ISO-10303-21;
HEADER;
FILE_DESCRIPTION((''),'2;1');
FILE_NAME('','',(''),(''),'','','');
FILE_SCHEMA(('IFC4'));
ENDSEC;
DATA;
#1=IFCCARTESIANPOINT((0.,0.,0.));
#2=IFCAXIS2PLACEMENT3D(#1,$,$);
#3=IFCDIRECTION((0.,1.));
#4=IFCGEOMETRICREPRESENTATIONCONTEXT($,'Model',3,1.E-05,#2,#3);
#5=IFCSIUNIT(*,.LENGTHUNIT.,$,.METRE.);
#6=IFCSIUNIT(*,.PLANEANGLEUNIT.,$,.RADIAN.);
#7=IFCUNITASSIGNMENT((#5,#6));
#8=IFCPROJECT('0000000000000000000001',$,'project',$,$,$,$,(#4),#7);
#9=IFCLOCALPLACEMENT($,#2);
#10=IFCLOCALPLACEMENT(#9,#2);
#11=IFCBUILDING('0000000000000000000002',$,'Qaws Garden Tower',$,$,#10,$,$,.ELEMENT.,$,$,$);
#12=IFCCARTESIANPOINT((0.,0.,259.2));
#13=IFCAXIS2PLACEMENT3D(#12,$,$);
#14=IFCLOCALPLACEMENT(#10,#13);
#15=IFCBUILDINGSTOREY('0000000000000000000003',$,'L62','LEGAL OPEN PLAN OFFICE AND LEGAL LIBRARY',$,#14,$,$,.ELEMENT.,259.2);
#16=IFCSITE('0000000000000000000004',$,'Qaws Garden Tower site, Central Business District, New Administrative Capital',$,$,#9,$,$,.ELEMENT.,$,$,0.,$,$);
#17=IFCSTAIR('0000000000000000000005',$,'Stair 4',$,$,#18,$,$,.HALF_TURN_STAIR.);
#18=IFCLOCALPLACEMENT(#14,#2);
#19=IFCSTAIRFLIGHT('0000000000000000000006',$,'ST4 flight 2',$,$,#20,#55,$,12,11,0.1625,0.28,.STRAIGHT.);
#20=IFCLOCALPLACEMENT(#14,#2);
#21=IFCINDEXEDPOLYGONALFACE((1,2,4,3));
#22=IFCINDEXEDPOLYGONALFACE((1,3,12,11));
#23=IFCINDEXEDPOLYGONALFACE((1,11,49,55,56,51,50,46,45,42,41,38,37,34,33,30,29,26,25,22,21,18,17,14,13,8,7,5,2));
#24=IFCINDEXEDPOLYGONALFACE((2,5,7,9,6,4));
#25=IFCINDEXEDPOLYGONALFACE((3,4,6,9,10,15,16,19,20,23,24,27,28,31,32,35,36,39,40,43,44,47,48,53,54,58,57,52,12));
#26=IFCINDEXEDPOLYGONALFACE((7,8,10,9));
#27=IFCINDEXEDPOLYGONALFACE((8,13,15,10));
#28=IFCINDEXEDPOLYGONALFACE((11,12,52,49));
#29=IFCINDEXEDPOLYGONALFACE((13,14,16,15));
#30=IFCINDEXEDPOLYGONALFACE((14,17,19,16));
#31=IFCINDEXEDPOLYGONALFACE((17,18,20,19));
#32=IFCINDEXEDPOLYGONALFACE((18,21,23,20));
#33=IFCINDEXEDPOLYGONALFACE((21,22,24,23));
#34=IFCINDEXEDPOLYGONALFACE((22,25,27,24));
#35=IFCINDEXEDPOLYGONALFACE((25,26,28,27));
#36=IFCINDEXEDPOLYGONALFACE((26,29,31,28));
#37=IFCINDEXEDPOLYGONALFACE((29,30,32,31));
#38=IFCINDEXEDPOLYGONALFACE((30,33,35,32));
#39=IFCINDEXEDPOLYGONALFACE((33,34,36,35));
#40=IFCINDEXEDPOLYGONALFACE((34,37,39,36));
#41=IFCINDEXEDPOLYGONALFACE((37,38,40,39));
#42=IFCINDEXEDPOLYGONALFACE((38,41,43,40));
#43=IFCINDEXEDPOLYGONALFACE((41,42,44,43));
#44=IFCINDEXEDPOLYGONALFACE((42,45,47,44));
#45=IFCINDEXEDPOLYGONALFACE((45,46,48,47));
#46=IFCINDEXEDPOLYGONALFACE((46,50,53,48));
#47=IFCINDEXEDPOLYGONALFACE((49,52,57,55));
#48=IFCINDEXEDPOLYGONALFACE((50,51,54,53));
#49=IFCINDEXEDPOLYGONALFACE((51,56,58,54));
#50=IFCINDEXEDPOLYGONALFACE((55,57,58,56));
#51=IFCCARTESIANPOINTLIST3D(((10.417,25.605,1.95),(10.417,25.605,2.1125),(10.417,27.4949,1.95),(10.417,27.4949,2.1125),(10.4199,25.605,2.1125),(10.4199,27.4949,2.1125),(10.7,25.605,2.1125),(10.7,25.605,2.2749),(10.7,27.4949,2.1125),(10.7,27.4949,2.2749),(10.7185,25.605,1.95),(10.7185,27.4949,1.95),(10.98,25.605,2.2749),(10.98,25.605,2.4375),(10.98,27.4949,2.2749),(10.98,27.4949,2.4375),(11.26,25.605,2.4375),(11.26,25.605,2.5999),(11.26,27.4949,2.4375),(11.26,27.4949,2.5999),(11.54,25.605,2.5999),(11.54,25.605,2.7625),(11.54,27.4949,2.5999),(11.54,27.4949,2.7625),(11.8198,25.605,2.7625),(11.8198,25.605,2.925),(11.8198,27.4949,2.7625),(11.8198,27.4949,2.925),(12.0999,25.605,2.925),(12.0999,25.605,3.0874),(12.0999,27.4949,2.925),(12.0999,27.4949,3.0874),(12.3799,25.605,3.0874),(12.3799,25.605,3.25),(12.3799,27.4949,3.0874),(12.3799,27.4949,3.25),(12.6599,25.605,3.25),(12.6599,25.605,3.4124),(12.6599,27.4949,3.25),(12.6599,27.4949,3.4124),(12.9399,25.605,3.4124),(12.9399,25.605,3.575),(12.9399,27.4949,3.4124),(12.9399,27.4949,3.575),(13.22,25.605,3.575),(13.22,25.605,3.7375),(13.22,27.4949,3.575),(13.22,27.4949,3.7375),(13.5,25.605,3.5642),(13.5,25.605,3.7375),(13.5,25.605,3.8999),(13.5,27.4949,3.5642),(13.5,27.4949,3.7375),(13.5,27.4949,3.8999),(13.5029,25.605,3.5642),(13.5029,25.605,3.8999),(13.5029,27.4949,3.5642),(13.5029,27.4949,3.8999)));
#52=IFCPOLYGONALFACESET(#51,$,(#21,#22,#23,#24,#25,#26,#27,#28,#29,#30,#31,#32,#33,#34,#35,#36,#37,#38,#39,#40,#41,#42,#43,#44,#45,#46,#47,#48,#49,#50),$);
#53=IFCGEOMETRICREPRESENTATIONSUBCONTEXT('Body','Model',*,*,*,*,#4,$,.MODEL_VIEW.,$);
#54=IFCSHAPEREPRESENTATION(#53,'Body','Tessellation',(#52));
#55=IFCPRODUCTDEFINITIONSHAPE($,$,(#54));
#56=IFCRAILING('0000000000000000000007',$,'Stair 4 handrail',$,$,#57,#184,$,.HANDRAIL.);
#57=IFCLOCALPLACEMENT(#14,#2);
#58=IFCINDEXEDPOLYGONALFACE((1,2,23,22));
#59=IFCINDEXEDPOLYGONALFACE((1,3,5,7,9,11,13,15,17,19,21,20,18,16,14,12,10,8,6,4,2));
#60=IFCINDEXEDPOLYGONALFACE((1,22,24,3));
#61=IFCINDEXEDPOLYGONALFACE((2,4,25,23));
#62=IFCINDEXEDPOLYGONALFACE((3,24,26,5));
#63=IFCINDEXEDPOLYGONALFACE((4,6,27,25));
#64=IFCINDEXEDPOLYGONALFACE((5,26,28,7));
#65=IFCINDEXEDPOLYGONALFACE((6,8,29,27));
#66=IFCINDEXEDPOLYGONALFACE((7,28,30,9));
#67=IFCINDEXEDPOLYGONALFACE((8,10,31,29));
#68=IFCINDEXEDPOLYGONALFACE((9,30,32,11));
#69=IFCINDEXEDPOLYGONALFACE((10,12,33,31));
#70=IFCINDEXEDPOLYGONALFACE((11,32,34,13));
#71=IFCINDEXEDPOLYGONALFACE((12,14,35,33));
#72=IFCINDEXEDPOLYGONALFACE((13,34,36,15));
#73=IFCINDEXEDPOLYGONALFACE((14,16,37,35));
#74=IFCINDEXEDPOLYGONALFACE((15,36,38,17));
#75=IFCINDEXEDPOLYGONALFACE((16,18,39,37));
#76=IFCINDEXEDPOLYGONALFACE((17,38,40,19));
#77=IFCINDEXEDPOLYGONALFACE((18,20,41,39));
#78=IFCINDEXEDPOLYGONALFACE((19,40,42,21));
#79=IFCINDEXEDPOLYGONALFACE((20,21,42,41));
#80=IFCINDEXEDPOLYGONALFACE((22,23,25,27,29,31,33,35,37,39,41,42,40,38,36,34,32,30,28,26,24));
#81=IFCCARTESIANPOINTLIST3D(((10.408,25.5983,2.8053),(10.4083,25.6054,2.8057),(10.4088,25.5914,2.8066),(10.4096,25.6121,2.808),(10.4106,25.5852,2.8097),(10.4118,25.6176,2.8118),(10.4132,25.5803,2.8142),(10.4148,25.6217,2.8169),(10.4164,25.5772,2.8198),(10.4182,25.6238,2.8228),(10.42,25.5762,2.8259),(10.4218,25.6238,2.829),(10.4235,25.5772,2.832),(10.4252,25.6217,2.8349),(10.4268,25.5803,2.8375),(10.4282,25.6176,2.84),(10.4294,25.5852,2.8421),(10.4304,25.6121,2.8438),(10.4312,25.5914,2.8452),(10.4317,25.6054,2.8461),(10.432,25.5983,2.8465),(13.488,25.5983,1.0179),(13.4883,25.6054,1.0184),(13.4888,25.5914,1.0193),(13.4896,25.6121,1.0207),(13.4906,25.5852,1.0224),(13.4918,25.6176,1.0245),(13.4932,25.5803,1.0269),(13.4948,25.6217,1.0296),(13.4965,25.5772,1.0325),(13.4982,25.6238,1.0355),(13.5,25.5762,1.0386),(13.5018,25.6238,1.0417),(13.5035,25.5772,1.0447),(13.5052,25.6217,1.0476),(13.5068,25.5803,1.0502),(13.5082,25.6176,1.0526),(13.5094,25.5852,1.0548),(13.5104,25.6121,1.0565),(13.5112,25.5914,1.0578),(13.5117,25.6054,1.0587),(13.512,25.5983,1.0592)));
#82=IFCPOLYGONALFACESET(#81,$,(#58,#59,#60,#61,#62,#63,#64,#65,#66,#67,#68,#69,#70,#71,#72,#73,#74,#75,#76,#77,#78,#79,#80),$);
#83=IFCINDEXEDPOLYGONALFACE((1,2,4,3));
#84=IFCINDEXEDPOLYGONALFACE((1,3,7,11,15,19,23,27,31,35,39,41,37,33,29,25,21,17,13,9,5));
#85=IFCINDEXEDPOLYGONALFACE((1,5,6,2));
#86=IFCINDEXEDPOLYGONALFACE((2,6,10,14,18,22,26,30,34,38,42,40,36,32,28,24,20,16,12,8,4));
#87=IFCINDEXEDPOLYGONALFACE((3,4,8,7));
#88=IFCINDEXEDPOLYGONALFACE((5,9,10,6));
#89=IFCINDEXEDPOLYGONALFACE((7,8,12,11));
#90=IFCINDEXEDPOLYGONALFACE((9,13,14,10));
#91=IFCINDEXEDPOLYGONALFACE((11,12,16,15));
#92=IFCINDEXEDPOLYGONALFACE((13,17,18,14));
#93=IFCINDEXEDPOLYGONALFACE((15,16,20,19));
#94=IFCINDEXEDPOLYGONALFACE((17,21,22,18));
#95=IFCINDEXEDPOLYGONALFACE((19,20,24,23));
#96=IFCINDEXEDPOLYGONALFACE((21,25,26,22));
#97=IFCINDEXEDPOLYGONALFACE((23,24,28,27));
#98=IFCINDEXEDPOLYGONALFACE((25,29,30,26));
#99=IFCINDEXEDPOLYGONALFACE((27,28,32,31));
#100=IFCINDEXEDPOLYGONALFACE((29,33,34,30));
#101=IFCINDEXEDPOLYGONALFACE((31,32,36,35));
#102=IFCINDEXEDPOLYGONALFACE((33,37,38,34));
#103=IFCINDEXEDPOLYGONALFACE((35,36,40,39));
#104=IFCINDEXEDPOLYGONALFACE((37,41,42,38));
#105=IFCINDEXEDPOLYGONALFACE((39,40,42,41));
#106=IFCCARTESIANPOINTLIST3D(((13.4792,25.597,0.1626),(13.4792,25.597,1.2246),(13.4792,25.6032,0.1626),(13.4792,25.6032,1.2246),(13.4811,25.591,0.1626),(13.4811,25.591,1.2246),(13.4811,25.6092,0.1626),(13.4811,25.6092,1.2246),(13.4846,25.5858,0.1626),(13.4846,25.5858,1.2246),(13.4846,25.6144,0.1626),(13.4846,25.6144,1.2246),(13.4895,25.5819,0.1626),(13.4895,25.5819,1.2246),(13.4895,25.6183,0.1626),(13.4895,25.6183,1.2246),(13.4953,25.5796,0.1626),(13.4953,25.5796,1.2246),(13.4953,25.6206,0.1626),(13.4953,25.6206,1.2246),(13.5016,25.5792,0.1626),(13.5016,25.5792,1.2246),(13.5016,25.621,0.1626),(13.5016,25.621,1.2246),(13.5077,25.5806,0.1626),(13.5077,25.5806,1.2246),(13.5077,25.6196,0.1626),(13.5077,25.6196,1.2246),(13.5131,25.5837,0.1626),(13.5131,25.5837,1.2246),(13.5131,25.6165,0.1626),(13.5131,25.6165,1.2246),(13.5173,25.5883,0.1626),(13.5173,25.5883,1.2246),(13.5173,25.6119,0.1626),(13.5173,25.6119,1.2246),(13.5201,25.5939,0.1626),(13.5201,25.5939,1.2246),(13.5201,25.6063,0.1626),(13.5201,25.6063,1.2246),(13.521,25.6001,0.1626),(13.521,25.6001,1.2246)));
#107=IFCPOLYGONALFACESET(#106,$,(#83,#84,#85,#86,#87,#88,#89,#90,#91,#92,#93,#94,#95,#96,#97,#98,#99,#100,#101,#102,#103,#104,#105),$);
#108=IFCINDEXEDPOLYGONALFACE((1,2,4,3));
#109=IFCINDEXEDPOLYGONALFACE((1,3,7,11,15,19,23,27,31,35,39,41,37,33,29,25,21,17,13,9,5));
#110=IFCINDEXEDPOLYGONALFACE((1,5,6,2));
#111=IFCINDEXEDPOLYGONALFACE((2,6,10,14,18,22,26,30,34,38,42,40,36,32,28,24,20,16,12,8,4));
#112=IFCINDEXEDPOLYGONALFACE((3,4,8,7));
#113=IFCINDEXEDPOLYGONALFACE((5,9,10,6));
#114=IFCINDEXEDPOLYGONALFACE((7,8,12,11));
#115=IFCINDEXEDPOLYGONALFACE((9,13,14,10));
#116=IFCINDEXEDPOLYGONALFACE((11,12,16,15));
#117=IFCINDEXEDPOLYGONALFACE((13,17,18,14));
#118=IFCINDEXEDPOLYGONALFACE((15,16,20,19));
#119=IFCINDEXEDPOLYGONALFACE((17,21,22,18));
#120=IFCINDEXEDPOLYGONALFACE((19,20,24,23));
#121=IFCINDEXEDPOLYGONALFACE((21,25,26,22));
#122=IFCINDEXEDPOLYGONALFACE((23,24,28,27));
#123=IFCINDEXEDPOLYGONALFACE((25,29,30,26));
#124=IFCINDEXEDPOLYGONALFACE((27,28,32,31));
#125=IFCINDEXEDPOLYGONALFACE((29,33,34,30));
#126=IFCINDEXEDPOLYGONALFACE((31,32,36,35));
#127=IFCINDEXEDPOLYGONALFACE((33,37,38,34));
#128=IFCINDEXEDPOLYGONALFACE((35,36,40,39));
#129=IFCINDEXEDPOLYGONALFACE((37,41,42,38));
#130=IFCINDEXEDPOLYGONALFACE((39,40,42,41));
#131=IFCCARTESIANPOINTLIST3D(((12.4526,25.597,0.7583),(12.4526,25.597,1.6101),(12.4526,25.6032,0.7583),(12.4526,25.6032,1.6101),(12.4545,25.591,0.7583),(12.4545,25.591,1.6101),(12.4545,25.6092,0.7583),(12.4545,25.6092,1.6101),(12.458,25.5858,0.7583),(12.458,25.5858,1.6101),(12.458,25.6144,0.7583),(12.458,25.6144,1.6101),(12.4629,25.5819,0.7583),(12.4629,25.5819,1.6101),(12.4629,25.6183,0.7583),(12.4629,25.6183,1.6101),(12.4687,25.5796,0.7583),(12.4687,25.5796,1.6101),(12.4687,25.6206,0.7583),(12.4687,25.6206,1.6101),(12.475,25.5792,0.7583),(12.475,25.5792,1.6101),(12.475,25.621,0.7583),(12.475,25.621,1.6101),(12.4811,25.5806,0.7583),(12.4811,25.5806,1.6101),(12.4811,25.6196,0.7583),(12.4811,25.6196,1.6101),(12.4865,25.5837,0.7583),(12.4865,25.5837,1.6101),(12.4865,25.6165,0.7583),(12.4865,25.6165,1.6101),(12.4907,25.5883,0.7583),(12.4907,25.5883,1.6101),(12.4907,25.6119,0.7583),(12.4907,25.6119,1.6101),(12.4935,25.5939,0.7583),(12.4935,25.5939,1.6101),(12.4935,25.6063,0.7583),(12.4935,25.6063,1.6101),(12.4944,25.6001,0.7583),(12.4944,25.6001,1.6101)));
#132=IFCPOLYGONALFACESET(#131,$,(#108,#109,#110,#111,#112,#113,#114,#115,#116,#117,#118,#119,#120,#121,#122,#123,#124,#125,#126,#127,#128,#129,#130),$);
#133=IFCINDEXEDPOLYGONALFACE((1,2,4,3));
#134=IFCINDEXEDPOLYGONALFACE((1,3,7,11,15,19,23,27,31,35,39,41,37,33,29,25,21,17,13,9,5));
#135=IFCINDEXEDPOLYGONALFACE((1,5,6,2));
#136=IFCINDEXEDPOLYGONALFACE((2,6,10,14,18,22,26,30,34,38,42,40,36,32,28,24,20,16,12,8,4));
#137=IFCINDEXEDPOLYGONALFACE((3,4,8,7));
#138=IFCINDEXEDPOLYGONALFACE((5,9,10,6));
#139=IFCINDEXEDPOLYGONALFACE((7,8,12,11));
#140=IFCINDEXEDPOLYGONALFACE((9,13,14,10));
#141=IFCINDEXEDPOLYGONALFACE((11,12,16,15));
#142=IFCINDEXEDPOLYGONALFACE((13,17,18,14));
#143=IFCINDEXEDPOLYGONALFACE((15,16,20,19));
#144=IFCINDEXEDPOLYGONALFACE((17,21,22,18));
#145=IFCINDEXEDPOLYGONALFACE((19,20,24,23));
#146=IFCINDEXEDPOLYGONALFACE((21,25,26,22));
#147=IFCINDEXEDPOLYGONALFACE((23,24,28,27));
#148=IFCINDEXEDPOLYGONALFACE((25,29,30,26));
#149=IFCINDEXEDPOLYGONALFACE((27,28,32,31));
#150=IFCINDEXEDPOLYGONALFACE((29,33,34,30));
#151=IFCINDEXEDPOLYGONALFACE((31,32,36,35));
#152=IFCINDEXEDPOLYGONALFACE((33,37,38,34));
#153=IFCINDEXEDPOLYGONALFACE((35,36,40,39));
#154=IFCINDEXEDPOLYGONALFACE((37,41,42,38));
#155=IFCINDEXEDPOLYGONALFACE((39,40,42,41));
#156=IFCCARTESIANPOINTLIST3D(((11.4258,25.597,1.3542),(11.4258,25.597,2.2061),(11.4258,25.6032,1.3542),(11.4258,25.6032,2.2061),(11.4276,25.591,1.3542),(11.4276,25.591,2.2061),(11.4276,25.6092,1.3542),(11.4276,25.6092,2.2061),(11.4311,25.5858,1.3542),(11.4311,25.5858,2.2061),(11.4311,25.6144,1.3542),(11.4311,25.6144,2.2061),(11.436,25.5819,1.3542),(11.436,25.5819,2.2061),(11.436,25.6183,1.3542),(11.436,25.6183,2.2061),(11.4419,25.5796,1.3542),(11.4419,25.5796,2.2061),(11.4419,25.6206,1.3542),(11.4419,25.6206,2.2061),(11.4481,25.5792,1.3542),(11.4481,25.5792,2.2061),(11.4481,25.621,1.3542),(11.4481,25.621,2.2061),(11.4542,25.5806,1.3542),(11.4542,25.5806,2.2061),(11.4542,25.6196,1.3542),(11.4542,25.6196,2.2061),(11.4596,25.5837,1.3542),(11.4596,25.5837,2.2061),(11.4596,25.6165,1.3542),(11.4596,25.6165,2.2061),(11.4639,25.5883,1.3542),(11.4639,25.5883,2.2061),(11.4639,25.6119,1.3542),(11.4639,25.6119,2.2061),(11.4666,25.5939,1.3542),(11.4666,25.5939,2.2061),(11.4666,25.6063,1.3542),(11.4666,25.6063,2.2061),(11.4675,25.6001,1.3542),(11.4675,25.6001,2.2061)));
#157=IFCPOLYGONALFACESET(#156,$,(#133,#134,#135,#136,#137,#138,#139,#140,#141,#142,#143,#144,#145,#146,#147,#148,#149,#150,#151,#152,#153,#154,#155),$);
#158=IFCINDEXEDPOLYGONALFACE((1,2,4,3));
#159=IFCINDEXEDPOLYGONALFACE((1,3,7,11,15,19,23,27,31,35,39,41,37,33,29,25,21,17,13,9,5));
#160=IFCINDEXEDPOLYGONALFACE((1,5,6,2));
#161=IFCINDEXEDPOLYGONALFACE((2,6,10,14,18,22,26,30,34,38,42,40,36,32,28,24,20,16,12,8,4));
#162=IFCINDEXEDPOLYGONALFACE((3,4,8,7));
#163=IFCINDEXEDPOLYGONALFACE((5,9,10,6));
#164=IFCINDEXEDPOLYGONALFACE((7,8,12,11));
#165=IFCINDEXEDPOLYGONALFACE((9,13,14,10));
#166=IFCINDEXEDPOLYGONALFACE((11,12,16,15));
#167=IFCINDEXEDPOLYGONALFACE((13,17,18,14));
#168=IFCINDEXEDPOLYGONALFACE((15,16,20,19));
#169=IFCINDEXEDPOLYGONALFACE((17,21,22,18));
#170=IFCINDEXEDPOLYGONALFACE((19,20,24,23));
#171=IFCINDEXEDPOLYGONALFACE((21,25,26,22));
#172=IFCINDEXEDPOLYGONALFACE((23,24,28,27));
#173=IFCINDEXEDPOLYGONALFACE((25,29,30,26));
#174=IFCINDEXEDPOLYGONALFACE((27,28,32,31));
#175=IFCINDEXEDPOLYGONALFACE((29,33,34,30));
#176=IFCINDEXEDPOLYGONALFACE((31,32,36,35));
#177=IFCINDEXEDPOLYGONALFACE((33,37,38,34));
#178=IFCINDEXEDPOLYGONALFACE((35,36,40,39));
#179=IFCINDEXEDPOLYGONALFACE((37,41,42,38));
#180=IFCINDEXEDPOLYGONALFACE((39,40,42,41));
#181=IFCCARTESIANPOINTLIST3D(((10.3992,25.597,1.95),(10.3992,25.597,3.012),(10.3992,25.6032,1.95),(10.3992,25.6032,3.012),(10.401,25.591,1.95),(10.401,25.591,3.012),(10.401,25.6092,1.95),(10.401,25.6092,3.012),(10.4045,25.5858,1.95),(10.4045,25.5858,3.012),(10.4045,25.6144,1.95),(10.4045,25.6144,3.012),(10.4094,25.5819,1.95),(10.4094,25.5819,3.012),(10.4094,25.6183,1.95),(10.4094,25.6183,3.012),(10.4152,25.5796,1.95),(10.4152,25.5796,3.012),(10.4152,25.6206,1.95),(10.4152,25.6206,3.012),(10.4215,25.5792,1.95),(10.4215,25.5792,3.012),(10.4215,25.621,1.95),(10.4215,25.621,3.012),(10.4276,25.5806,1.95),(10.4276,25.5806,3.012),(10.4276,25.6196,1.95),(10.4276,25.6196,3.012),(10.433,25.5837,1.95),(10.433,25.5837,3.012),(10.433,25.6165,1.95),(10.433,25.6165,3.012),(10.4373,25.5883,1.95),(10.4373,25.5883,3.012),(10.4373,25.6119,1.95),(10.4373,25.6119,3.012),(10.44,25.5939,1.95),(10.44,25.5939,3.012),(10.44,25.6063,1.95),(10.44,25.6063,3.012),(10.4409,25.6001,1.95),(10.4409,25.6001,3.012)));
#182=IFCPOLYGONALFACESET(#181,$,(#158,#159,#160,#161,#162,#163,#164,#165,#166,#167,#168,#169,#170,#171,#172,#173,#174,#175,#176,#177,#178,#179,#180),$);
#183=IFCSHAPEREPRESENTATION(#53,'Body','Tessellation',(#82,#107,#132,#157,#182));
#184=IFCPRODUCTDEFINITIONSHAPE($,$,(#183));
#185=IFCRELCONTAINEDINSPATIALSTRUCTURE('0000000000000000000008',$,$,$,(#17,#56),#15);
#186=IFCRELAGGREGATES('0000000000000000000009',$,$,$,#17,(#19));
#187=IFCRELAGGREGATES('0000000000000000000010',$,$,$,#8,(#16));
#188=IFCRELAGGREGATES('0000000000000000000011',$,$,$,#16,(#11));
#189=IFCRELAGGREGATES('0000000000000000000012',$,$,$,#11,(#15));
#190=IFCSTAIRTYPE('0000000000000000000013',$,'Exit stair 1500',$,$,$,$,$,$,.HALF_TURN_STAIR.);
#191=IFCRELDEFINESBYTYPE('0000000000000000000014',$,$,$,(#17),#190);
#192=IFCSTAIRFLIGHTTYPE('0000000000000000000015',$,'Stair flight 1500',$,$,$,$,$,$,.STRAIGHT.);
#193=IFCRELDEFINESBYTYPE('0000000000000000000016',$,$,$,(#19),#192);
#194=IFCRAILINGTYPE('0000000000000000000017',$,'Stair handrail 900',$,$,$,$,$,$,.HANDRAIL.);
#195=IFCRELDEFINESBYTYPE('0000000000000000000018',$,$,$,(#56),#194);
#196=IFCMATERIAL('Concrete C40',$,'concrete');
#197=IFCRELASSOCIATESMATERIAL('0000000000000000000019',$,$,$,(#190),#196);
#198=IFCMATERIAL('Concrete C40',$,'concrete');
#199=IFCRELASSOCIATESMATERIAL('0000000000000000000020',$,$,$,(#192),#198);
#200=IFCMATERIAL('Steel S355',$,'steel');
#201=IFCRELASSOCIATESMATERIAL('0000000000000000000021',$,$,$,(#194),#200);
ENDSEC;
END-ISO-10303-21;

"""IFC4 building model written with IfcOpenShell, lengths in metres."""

from ifc_helpers import new_model, si_unit, direction, frame, origin, origin_2d, place, context, subcontext, project, spatial, polyline, circle, outline, extrude, material, type_object, element, aggregate, save


model = new_model("IFC4")

# Units and contexts
model_context = context("Model", 3, precision=1e-05, world=origin(), true_north=direction((0.0, 1.0)))
body_context = subcontext(model_context, "Body", "Model", "MODEL_VIEW")
ifc_project = project(units=[si_unit("LENGTHUNIT", "METRE"), si_unit("PLANEANGLEUNIT", "RADIAN")], contexts=[model_context])

# Site, building, storey
site_placement = place(None, origin())
site = spatial("IfcSite", under=ifc_project, at=site_placement, Name="Qaws Garden Tower site, Central Business District, New Administrative Capital", CompositionType="ELEMENT", RefElevation=0.0)
building_placement = place(site_placement, origin())
building = spatial("IfcBuilding", under=site, at=building_placement, Name="Qaws Garden Tower", CompositionType="ELEMENT")
storey_placement = place(building_placement, frame((0.0, 0.0, 259.2)))
storey = spatial("IfcBuildingStorey", under=building, at=storey_placement, Name="L62", Description="LEGAL OPEN PLAN OFFICE AND LEGAL LIBRARY", CompositionType="ELEMENT", Elevation=259.2)

# Stair, stair flight
ifc_material_1 = material(Name="Concrete C40", Category="concrete")
stair_type = type_object("IfcStairType", Name="Exit stair 1500", PredefinedType="HALF_TURN_STAIR", material=ifc_material_1)
stair_placement = place(storey_placement, origin())
stair = element("IfcStair", 1, at=stair_placement, inside=storey, type_object=stair_type, Name="Stair 4", PredefinedType="HALF_TURN_STAIR")
ifc_material_2 = material(Name="Concrete C40", Category="concrete")
stair_flight_type = type_object("IfcStairFlightType", Name="Stair flight 1500", PredefinedType="STRAIGHT", material=ifc_material_2)
stair_flight_1_placement = place(storey_placement, frame((10.4199, 26.55, 1.95), z_axis=(0.0, 0.0, 1.0), x_axis=(1.0, 0.0, 0.0)))
stair_flight_1 = element("IfcStairFlight", 2, at=stair_flight_1_placement, type_object=stair_flight_type, Name="ST4 flight 2", NumberOfRisers=12, NumberOfTreads=11, PredefinedType="STRAIGHT", RiserHeight=0.1625, TreadLength=0.28, context=body_context, shape_type="SweptSolid", body=[
    extrude(outline(polyline([(-0.0029, 0.0), (-0.0029, 0.1626), (0.0, 0.1626), (0.28, 0.1626), (0.28, 0.325), (0.5601, 0.325), (0.5601, 0.4875), (0.8401, 0.4875), (0.8401, 0.6499), (1.1201, 0.6499), (1.1201, 0.8125), (1.3999, 0.8125), (1.3999, 0.9751), (1.6799, 0.9751), (1.6799, 1.1375), (1.96, 1.1375), (1.96, 1.3), (2.24, 1.3), (2.24, 1.4624), (2.52, 1.4624), (2.52, 1.625), (2.8, 1.625), (2.8, 1.7876), (3.0801, 1.7876), (3.0801, 1.95), (3.083, 1.95), (3.083, 1.6143), (3.0801, 1.6143), (0.2986, 0.0), (-0.0029, 0.0)])), frame((0.0, 0.9448, 0.0), z_axis=(0.0, -1.0, 0.0), x_axis=(1.0, 0.0, 0.0)), (0.0, 0.0, 1.0), 1.8899),
])
aggregate(stair, [stair_flight_1])

# Railing
ifc_material_3 = material(Name="Steel S355", Category="steel")
railing_type = type_object("IfcRailingType", Name="Stair handrail 900", PredefinedType="HANDRAIL", material=ifc_material_3)
railing_1_placement = place(storey_placement, frame((13.5, 25.6001, 0.1626)))
element("IfcRailing", 3, at=railing_1_placement, inside=storey, type_object=railing_type, Name="Stair 4 handrail", PredefinedType="HANDRAIL", context=body_context, shape_type="SweptSolid", body=[
    extrude(circle(Radius=0.0239, at=origin_2d()), frame((0.0, 0.0, 0.876), z_axis=(-0.86492, 0.0, 0.501909), x_axis=(0.0, -1.0, 0.0)), (0.0, 0.0, 1.0), 3.561),
    extrude(circle(Radius=0.021, at=origin_2d()), origin(), (0.0, 0.0, 1.0), 1.062),
    extrude(circle(Radius=0.021, at=origin_2d()), frame((-1.0266, 0.0, 0.5957)), (0.0, 0.0, 1.0), 0.8518),
    extrude(circle(Radius=0.021, at=origin_2d()), frame((-2.0535, 0.0, 1.1917)), (0.0, 0.0, 1.0), 0.8518),
    extrude(circle(Radius=0.021, at=origin_2d()), frame((-3.0801, 0.0, 1.7874)), (0.0, 0.0, 1.0), 1.062),
])

save(model, "model.ifc")
